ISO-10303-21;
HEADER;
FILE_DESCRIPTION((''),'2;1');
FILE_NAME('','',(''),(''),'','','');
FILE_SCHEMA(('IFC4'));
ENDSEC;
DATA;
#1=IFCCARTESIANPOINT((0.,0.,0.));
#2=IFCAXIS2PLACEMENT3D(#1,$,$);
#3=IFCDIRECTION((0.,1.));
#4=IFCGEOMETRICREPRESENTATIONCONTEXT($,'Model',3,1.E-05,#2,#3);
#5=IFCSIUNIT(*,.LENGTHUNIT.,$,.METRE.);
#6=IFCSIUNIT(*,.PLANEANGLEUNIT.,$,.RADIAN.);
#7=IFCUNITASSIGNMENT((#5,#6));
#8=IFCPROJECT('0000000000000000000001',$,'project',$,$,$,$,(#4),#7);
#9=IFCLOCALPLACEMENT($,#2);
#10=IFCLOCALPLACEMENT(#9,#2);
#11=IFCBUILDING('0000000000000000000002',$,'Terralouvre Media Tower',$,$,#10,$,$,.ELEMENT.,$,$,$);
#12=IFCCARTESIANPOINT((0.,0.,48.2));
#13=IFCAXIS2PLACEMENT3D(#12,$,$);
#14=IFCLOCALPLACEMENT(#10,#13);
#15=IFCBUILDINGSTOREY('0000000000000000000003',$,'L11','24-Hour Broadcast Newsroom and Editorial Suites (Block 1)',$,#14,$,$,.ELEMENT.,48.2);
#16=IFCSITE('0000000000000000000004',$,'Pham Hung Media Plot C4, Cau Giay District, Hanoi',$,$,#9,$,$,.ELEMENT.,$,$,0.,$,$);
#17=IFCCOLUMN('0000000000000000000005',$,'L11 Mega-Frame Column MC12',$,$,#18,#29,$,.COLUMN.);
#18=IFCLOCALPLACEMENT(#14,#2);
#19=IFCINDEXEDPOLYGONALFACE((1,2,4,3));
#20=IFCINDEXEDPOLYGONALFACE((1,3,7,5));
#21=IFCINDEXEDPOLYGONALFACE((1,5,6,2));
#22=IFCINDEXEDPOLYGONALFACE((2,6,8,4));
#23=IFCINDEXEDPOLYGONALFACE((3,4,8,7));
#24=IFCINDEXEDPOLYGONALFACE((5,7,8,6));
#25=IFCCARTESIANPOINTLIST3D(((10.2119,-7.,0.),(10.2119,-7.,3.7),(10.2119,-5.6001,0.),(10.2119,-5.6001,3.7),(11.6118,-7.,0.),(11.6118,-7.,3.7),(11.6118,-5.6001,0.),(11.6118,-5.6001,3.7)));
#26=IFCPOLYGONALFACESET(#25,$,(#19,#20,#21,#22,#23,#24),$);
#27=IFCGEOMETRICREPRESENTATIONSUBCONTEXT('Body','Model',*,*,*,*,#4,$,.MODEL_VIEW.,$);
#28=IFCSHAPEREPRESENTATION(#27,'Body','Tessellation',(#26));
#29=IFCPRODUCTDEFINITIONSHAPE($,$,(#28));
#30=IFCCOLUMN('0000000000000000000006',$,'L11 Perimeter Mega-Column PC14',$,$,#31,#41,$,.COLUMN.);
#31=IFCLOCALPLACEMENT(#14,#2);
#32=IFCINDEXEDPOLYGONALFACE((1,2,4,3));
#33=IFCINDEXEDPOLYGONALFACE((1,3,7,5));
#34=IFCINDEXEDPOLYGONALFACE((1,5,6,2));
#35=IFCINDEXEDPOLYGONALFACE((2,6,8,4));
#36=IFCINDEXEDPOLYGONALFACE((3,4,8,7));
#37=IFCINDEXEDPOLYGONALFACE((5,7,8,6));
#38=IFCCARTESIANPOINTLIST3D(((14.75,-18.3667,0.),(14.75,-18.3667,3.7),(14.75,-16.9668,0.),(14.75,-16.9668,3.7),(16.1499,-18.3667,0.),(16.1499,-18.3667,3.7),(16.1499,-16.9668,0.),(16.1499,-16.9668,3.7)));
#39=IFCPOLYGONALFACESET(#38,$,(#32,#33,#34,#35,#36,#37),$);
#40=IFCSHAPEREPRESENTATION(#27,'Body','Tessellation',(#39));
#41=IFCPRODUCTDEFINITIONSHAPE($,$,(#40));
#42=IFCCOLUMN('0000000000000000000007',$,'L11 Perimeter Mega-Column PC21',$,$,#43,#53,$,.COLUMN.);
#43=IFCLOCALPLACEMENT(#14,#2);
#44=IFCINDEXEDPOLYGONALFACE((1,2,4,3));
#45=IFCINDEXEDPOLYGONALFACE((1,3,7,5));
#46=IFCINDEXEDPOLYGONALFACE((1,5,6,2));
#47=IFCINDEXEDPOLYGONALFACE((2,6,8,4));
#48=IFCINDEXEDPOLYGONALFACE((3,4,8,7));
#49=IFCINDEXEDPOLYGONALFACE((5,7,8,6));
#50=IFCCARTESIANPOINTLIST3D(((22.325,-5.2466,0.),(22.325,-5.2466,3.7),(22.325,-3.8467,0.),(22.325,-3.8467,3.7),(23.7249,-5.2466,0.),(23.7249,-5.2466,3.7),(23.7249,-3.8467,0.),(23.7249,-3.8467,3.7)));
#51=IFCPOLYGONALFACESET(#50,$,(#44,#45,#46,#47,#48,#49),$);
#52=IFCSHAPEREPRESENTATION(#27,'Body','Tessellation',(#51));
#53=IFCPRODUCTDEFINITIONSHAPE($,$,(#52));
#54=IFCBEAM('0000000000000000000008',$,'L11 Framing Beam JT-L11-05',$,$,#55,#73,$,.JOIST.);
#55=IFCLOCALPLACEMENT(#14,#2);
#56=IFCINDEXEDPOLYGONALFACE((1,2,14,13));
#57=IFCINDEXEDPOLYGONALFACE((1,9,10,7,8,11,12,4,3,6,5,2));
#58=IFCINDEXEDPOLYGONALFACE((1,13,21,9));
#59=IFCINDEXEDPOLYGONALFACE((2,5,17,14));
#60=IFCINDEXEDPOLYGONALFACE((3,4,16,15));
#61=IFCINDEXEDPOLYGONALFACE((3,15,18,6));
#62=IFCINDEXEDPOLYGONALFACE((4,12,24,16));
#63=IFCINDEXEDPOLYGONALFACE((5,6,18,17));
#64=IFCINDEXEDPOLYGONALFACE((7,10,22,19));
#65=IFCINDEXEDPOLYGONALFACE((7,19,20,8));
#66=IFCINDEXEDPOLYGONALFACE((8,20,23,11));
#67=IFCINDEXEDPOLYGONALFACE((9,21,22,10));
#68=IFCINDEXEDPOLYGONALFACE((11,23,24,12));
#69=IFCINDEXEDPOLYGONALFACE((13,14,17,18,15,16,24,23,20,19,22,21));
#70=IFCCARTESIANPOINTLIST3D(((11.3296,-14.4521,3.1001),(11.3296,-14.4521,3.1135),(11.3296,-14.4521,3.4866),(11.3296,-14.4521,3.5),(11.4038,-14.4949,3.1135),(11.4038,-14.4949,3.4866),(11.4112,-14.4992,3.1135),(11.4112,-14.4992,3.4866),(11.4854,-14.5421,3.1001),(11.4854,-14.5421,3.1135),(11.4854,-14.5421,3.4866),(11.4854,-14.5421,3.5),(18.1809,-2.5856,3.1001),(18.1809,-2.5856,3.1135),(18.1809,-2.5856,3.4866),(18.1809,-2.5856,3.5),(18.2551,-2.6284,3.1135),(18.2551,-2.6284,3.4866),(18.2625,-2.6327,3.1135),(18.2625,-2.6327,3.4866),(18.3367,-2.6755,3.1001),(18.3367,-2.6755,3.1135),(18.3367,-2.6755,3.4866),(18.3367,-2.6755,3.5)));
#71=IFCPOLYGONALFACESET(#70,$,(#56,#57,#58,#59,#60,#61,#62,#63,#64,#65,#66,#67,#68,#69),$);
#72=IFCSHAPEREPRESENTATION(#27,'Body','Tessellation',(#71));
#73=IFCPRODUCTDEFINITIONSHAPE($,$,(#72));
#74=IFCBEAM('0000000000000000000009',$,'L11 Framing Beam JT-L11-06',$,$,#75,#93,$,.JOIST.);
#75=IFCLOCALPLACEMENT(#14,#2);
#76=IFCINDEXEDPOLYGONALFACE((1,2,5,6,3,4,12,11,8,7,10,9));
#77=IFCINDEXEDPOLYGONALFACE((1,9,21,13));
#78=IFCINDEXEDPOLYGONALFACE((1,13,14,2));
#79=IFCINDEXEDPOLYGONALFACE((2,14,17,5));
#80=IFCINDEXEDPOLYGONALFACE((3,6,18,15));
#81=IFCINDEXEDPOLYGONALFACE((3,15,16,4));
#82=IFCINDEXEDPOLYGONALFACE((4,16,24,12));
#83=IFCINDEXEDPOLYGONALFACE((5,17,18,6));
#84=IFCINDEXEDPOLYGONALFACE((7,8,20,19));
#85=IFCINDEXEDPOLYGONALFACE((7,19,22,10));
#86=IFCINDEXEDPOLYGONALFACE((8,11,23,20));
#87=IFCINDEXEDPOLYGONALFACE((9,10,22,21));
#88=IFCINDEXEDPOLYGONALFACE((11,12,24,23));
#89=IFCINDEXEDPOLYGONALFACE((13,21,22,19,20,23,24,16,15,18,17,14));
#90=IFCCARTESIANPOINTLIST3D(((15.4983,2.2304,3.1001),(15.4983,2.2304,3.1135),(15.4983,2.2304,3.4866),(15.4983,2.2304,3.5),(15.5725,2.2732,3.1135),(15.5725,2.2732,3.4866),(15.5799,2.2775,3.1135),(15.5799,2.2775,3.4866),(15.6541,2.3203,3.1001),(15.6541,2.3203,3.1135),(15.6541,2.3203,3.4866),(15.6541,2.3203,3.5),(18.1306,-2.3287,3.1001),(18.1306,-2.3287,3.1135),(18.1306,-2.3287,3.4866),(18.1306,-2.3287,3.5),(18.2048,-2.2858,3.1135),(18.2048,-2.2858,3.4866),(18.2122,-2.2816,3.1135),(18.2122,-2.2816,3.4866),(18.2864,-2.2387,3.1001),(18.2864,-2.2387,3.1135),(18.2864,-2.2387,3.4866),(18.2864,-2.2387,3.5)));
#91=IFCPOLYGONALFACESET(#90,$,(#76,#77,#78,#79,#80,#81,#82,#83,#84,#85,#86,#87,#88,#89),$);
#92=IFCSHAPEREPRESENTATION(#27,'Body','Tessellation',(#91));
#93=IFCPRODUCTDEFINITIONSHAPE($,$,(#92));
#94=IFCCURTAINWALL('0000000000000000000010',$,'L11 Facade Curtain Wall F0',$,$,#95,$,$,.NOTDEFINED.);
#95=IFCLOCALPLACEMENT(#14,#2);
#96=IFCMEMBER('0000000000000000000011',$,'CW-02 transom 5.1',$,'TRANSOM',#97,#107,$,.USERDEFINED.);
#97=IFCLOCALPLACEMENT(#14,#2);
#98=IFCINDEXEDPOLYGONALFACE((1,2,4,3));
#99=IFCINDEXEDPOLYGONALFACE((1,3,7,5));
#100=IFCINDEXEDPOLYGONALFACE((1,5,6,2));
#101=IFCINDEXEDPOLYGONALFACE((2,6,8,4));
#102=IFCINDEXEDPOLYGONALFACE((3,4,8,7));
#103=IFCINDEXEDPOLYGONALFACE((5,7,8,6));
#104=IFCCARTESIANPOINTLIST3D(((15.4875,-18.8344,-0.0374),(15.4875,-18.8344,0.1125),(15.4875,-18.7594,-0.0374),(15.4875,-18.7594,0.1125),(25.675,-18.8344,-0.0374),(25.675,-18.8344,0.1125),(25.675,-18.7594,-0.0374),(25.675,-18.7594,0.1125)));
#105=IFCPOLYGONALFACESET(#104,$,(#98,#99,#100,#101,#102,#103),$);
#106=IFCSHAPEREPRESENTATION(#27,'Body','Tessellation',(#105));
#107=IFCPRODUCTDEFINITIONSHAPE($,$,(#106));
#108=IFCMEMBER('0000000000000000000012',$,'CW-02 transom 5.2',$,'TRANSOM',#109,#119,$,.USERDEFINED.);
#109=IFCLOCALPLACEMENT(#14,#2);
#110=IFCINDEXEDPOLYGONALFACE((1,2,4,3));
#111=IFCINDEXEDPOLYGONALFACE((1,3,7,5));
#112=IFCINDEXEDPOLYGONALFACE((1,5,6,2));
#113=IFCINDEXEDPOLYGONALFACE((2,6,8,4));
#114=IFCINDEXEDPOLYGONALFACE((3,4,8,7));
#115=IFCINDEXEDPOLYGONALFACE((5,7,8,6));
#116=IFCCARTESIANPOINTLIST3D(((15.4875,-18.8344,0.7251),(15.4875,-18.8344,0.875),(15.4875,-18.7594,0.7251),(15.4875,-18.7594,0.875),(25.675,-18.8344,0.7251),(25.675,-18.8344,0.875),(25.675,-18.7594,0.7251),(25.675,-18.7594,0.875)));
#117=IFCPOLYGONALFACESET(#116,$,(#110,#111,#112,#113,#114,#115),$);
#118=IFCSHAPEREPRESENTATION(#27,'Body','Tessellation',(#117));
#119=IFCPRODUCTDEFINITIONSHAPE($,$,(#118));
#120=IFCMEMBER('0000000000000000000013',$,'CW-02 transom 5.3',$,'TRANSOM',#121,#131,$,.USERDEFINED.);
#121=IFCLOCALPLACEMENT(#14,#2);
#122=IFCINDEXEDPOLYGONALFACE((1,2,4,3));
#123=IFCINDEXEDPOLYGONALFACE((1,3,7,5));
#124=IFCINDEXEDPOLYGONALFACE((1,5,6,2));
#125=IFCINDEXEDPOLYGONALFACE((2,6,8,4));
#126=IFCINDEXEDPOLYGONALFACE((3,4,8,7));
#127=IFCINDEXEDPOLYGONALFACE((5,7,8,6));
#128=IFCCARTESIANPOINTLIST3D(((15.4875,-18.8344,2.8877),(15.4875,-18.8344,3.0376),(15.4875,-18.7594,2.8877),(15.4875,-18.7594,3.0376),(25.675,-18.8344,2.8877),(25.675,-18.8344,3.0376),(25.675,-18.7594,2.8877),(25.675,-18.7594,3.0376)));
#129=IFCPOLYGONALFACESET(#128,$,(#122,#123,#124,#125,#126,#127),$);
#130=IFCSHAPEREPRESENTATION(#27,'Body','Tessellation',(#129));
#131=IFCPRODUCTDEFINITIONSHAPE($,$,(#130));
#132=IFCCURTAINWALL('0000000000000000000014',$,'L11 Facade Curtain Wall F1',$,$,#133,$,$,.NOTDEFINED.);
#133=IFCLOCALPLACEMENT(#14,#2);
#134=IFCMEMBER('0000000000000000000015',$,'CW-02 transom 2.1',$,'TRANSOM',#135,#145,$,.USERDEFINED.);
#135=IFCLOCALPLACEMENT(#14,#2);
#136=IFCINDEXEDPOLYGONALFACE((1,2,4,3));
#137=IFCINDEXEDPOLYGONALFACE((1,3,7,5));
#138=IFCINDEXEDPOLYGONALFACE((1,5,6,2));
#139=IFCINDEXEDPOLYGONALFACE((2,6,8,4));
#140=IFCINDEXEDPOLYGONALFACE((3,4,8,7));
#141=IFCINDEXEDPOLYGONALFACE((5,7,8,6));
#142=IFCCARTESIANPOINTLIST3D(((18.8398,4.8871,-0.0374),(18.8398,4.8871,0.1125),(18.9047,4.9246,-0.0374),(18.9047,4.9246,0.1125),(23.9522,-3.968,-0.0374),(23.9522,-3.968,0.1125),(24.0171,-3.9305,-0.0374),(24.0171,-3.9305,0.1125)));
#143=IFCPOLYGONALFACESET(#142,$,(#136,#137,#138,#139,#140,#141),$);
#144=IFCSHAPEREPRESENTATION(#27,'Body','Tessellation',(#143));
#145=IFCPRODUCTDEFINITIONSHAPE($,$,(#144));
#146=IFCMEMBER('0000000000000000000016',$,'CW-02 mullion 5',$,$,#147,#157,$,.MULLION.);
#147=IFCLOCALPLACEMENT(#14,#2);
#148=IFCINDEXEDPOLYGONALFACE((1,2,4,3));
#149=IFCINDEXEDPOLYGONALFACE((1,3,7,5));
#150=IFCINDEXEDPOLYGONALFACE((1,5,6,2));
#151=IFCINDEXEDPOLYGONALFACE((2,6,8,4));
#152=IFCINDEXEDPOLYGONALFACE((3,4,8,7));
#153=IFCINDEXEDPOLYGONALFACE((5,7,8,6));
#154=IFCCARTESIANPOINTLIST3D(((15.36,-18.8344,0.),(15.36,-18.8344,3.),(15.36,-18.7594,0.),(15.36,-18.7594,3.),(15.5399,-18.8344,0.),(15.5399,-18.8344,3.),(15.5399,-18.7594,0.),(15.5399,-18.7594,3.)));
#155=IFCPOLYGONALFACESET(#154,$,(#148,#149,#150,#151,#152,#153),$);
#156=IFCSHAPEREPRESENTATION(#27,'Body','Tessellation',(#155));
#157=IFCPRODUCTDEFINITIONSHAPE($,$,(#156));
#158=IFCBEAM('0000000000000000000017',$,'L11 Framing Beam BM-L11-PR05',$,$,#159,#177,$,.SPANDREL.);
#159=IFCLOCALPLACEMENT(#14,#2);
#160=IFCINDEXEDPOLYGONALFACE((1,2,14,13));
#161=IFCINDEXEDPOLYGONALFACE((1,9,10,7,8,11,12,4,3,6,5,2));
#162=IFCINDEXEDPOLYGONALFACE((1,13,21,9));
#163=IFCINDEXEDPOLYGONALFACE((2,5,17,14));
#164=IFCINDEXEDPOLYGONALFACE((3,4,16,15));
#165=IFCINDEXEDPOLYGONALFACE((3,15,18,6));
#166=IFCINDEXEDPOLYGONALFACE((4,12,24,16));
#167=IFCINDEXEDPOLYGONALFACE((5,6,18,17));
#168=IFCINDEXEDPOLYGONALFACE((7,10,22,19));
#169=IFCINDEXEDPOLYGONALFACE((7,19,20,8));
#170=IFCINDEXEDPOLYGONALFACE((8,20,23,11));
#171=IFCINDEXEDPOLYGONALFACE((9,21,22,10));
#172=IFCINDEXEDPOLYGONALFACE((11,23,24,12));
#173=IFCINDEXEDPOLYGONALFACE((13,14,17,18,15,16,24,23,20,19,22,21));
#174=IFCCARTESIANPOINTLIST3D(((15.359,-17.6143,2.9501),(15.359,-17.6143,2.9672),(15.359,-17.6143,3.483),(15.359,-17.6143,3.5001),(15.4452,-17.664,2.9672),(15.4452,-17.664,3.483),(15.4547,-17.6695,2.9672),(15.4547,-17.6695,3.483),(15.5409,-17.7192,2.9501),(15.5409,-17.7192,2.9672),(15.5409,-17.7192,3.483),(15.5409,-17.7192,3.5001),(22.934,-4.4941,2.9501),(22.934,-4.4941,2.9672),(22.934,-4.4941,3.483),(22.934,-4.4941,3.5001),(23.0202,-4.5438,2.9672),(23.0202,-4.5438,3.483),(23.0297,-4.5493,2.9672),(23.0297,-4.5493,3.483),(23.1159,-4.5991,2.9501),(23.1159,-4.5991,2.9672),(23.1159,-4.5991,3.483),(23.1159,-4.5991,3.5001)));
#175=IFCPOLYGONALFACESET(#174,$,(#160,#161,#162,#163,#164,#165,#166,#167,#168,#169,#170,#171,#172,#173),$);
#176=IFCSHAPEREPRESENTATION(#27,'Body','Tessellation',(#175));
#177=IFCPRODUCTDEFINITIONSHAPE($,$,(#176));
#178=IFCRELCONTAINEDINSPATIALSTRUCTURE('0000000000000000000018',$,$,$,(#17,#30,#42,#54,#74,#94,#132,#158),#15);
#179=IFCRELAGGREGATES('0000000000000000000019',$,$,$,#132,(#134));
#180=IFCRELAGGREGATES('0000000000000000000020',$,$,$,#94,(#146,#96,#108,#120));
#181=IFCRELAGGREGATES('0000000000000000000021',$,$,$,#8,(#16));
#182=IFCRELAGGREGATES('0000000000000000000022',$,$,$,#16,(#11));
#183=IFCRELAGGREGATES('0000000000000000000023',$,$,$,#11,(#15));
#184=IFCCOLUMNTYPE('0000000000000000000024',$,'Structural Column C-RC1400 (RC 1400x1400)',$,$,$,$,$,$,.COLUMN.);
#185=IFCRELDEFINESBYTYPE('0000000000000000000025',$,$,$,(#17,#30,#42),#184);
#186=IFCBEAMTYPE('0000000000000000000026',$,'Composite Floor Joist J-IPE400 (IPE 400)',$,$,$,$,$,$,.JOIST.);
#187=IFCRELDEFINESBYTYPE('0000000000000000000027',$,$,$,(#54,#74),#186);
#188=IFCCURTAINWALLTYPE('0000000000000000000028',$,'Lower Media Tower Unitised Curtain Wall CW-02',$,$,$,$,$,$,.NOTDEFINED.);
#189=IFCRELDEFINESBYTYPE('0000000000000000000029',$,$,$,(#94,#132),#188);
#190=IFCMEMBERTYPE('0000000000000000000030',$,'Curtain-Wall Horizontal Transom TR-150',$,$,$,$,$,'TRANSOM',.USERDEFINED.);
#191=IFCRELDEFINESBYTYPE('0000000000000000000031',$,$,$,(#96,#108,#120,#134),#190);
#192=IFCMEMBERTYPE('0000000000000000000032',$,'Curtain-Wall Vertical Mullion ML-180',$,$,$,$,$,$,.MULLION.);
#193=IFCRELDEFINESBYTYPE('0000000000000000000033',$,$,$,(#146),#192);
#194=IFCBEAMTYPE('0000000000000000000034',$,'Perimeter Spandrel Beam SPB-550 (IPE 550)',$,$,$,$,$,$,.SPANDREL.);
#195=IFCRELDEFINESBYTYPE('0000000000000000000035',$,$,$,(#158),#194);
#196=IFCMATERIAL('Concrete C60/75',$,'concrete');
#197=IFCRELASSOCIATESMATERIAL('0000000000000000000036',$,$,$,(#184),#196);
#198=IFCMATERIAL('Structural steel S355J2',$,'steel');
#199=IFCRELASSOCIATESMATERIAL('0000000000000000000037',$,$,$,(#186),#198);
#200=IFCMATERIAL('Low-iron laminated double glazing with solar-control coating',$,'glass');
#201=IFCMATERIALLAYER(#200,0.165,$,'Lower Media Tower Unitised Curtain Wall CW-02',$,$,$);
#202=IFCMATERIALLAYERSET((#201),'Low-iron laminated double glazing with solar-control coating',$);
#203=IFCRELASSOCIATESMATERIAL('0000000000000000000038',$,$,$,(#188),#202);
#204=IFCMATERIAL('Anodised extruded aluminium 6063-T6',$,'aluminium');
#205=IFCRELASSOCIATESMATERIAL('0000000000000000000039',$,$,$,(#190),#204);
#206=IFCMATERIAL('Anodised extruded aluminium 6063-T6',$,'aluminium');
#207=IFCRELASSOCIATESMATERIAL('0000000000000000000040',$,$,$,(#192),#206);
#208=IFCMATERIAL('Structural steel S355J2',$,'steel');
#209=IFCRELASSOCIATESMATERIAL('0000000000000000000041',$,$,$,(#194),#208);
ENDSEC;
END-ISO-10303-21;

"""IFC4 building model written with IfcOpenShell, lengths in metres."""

from ifc_helpers import new_model, si_unit, direction, frame, origin, origin_2d, place, context, subcontext, project, spatial, rectangle, i_section, extrude, material, layer, layer_set, material_profile, profile_set, type_object, element, aggregate, save


model = new_model("IFC4")

# Units and contexts
model_context = context("Model", 3, precision=1e-05, world=origin(), true_north=direction((0.0, 1.0)))
body_context = subcontext(model_context, "Body", "Model", "MODEL_VIEW")
ifc_project = project(units=[si_unit("LENGTHUNIT", "METRE"), si_unit("PLANEANGLEUNIT", "RADIAN")], contexts=[model_context])

# Site, building, storey
site_placement = place(None, origin())
site = spatial("IfcSite", under=ifc_project, at=site_placement, Name="Pham Hung Media Plot C4, Cau Giay District, Hanoi", CompositionType="ELEMENT", RefElevation=0.0)
building_placement = place(site_placement, origin())
building = spatial("IfcBuilding", under=site, at=building_placement, Name="Terralouvre Media Tower", CompositionType="ELEMENT")
storey_placement = place(building_placement, frame((0.0, 0.0, 48.2)))
storey = spatial("IfcBuildingStorey", under=building, at=storey_placement, Name="L11", Description="24-Hour Broadcast Newsroom and Editorial Suites (Block 1)", CompositionType="ELEMENT", Elevation=48.2)

# Columns
ifc_material_1 = material(Name="Concrete C60/75", Category="concrete")
ifc_material_profile_1 = material_profile(ifc_material_1, rectangle(XDim=1.3999, YDim=1.3999, at=origin_2d()), Name="RC 1400x1400")
ifc_profile_set_1 = profile_set([ifc_material_profile_1], Name="Concrete C60/75")
column_type = type_object("IfcColumnType", Name="Structural Column C-RC1400 (RC 1400x1400)", PredefinedType="COLUMN", material=ifc_profile_set_1)
for number, where, z_axis, x_axis, name in (
    (1, (10.9119, -6.3, 0.0), (0.0, 0.0, 1.0), (1.0, 0.0, 0.0), "L11 Mega-Frame Column MC12"),
    (2, (15.45, -17.6667, 0.0), (0.0, 0.0, 1.0), (1.0, 0.0, 0.0), "L11 Perimeter Mega-Column PC14"),
    (3, (23.0249, -4.5466, 0.0), (0.0, 0.0, 1.0), (1.0, 0.0, 0.0), "L11 Perimeter Mega-Column PC21"),
):
    element("IfcColumn", number, at=place(storey_placement, frame(where, z_axis=z_axis, x_axis=x_axis)), inside=storey, type_object=column_type, Name=name, PredefinedType="COLUMN", context=body_context, shape_type="SweptSolid", body=[
        extrude(rectangle(XDim=1.3999, YDim=1.3999, at=origin_2d()), origin(), (0.0, 0.0, 1.0), 3.7),
    ])

# Beams
ifc_material_2 = material(Name="Structural steel S355J2", Category="steel")
ifc_material_profile_2 = material_profile(ifc_material_2, i_section(OverallWidth=0.1799, OverallDepth=0.3999, WebThickness=0.0085, FlangeThickness=0.0134, at=origin_2d()), Name="IPE 400")
ifc_profile_set_2 = profile_set([ifc_material_profile_2], Name="Structural steel S355J2")
beam_type_1 = type_object("IfcBeamType", Name="Composite Floor Joist J-IPE400 (IPE 400)", PredefinedType="JOIST", material=ifc_profile_set_2)
beam_1_placement = place(storey_placement, frame((11.4075, -14.4971, 3.3), z_axis=(0.500012, 0.866019, 0.0), x_axis=(-0.866019, 0.500012, 0.0)))
element("IfcBeam", 4, at=beam_1_placement, inside=storey, type_object=beam_type_1, Name="L11 Framing Beam JT-L11-05", PredefinedType="JOIST", context=body_context, shape_type="SweptSolid", body=[
    extrude(i_section(OverallWidth=0.1799, OverallDepth=0.3999, WebThickness=0.0085, FlangeThickness=0.0134, at=origin_2d()), origin(), (0.0, 0.0, 1.0), 13.7024),
])
beam_2_placement = place(storey_placement, frame((18.2085, -2.2837, 3.3), z_axis=(-0.50002, 0.866014, 0.0), x_axis=(-0.866014, -0.50002, 0.0)))
element("IfcBeam", 5, at=beam_2_placement, inside=storey, type_object=beam_type_1, Name="L11 Framing Beam JT-L11-06", PredefinedType="JOIST", context=body_context, shape_type="SweptSolid", body=[
    extrude(i_section(OverallWidth=0.1799, OverallDepth=0.3999, WebThickness=0.0085, FlangeThickness=0.0134, at=origin_2d()), origin(), (0.0, 0.0, 1.0), 5.2644),
])

# Curtain wall, members
ifc_material_3 = material(Name="Low-iron laminated double glazing with solar-control coating", Category="glass")
ifc_layer_1 = layer(ifc_material_3, 0.165, Name="Lower Media Tower Unitised Curtain Wall CW-02")
ifc_layer_set_1 = layer_set([ifc_layer_1], Name="Low-iron laminated double glazing with solar-control coating")
curtain_wall_type = type_object("IfcCurtainWallType", Name="Lower Media Tower Unitised Curtain Wall CW-02", PredefinedType="NOTDEFINED", material=ifc_layer_set_1)
curtain_wall_1_placement = place(storey_placement, origin())
curtain_wall_1 = element("IfcCurtainWall", 6, at=curtain_wall_1_placement, inside=storey, type_object=curtain_wall_type, Name="L11 Facade Curtain Wall F0", PredefinedType="NOTDEFINED")
ifc_material_4 = material(Name="Anodised extruded aluminium 6063-T6", Category="aluminium")
ifc_material_profile_3 = material_profile(ifc_material_4, rectangle(XDim=0.075, YDim=0.1499, at=origin_2d()), Name="ALU 75x150")
ifc_profile_set_3 = profile_set([ifc_material_profile_3], Name="Anodised extruded aluminium 6063-T6")
member_type_1 = type_object("IfcMemberType", Name="Curtain-Wall Horizontal Transom TR-150", ElementType="TRANSOM", PredefinedType="USERDEFINED", material=ifc_profile_set_3)
member_1_placement = place(storey_placement, frame((15.4875, -18.7969, 0.0376), z_axis=(1.0, 0.0, 0.0), x_axis=(0.0, 1.0, 0.0)))
member_1 = element("IfcMember", 7, at=member_1_placement, type_object=member_type_1, Name="CW-02 transom 5.1", ObjectType="TRANSOM", PredefinedType="USERDEFINED", context=body_context, shape_type="SweptSolid", body=[
    extrude(rectangle(XDim=0.075, YDim=0.1499, at=origin_2d()), origin(), (0.0, 0.0, 1.0), 10.1875),
])
member_2_placement = place(storey_placement, frame((15.4875, -18.7969, 0.8), z_axis=(1.0, 0.0, 0.0), x_axis=(0.0, 1.0, 0.0)))
member_2 = element("IfcMember", 8, at=member_2_placement, type_object=member_type_1, Name="CW-02 transom 5.2", ObjectType="TRANSOM", PredefinedType="USERDEFINED", context=body_context, shape_type="SweptSolid", body=[
    extrude(rectangle(XDim=0.075, YDim=0.1499, at=origin_2d()), origin(), (0.0, 0.0, 1.0), 10.1875),
])
member_3_placement = place(storey_placement, frame((15.4875, -18.7969, 2.9626), z_axis=(1.0, 0.0, 0.0), x_axis=(0.0, 1.0, 0.0)))
member_3 = element("IfcMember", 9, at=member_3_placement, type_object=member_type_1, Name="CW-02 transom 5.3", ObjectType="TRANSOM", PredefinedType="USERDEFINED", context=body_context, shape_type="SweptSolid", body=[
    extrude(rectangle(XDim=0.075, YDim=0.1499, at=origin_2d()), origin(), (0.0, 0.0, 1.0), 10.1875),
])

# Curtain wall, member
curtain_wall_2_placement = place(storey_placement, origin())
curtain_wall_2 = element("IfcCurtainWall", 10, at=curtain_wall_2_placement, inside=storey, type_object=curtain_wall_type, Name="L11 Facade Curtain Wall F1", PredefinedType="NOTDEFINED")
member_4_placement = place(storey_placement, frame((23.9846, -3.9492, 0.0376), z_axis=(-0.499991, 0.866031, 0.0), x_axis=(-0.866031, -0.499991, 0.0)))
member_4 = element("IfcMember", 11, at=member_4_placement, type_object=member_type_1, Name="CW-02 transom 2.1", ObjectType="TRANSOM", PredefinedType="USERDEFINED", context=body_context, shape_type="SweptSolid", body=[
    extrude(rectangle(XDim=0.075, YDim=0.1499, at=origin_2d()), origin(), (0.0, 0.0, 1.0), 10.2249),
])
aggregate(curtain_wall_2, [member_4])

# Member
ifc_material_5 = material(Name="Anodised extruded aluminium 6063-T6", Category="aluminium")
ifc_material_profile_4 = material_profile(ifc_material_5, rectangle(XDim=0.075, YDim=0.1799, at=origin_2d()), Name="ALU 75x180")
ifc_profile_set_4 = profile_set([ifc_material_profile_4], Name="Anodised extruded aluminium 6063-T6")
member_type_2 = type_object("IfcMemberType", Name="Curtain-Wall Vertical Mullion ML-180", PredefinedType="MULLION", material=ifc_profile_set_4)
member_5_placement = place(storey_placement, frame((15.45, -18.7969, 0.0), z_axis=(0.0, 0.0, 1.0), x_axis=(0.0, 1.0, 0.0)))
member_5 = element("IfcMember", 12, at=member_5_placement, type_object=member_type_2, Name="CW-02 mullion 5", PredefinedType="MULLION", context=body_context, shape_type="SweptSolid", body=[
    extrude(rectangle(XDim=0.075, YDim=0.1799, at=origin_2d()), origin(), (0.0, 0.0, 1.0), 3.0),
])

# Beam
ifc_material_6 = material(Name="Structural steel S355J2", Category="steel")
ifc_material_profile_5 = material_profile(ifc_material_6, i_section(OverallWidth=0.21, OverallDepth=0.55, WebThickness=0.011, FlangeThickness=0.0171, at=origin_2d()), Name="IPE 550")
ifc_profile_set_5 = profile_set([ifc_material_profile_5], Name="Structural steel S355J2")
beam_type_2 = type_object("IfcBeamType", Name="Perimeter Spandrel Beam SPB-550 (IPE 550)", PredefinedType="SPANDREL", material=ifc_profile_set_5)
beam_3_placement = place(storey_placement, frame((15.45, -17.6667, 3.2251), z_axis=(0.500002, 0.866024, 0.0), x_axis=(-0.866024, 0.500002, 0.0)))
element("IfcBeam", 13, at=beam_3_placement, inside=storey, type_object=beam_type_2, Name="L11 Framing Beam BM-L11-PR05", PredefinedType="SPANDREL", context=body_context, shape_type="SweptSolid", body=[
    extrude(i_section(OverallWidth=0.21, OverallDepth=0.55, WebThickness=0.011, FlangeThickness=0.0171, at=origin_2d()), origin(), (0.0, 0.0, 1.0), 15.1499),
])

aggregate(curtain_wall_1, [member_5, member_1, member_2, member_3])

save(model, "model.ifc")
